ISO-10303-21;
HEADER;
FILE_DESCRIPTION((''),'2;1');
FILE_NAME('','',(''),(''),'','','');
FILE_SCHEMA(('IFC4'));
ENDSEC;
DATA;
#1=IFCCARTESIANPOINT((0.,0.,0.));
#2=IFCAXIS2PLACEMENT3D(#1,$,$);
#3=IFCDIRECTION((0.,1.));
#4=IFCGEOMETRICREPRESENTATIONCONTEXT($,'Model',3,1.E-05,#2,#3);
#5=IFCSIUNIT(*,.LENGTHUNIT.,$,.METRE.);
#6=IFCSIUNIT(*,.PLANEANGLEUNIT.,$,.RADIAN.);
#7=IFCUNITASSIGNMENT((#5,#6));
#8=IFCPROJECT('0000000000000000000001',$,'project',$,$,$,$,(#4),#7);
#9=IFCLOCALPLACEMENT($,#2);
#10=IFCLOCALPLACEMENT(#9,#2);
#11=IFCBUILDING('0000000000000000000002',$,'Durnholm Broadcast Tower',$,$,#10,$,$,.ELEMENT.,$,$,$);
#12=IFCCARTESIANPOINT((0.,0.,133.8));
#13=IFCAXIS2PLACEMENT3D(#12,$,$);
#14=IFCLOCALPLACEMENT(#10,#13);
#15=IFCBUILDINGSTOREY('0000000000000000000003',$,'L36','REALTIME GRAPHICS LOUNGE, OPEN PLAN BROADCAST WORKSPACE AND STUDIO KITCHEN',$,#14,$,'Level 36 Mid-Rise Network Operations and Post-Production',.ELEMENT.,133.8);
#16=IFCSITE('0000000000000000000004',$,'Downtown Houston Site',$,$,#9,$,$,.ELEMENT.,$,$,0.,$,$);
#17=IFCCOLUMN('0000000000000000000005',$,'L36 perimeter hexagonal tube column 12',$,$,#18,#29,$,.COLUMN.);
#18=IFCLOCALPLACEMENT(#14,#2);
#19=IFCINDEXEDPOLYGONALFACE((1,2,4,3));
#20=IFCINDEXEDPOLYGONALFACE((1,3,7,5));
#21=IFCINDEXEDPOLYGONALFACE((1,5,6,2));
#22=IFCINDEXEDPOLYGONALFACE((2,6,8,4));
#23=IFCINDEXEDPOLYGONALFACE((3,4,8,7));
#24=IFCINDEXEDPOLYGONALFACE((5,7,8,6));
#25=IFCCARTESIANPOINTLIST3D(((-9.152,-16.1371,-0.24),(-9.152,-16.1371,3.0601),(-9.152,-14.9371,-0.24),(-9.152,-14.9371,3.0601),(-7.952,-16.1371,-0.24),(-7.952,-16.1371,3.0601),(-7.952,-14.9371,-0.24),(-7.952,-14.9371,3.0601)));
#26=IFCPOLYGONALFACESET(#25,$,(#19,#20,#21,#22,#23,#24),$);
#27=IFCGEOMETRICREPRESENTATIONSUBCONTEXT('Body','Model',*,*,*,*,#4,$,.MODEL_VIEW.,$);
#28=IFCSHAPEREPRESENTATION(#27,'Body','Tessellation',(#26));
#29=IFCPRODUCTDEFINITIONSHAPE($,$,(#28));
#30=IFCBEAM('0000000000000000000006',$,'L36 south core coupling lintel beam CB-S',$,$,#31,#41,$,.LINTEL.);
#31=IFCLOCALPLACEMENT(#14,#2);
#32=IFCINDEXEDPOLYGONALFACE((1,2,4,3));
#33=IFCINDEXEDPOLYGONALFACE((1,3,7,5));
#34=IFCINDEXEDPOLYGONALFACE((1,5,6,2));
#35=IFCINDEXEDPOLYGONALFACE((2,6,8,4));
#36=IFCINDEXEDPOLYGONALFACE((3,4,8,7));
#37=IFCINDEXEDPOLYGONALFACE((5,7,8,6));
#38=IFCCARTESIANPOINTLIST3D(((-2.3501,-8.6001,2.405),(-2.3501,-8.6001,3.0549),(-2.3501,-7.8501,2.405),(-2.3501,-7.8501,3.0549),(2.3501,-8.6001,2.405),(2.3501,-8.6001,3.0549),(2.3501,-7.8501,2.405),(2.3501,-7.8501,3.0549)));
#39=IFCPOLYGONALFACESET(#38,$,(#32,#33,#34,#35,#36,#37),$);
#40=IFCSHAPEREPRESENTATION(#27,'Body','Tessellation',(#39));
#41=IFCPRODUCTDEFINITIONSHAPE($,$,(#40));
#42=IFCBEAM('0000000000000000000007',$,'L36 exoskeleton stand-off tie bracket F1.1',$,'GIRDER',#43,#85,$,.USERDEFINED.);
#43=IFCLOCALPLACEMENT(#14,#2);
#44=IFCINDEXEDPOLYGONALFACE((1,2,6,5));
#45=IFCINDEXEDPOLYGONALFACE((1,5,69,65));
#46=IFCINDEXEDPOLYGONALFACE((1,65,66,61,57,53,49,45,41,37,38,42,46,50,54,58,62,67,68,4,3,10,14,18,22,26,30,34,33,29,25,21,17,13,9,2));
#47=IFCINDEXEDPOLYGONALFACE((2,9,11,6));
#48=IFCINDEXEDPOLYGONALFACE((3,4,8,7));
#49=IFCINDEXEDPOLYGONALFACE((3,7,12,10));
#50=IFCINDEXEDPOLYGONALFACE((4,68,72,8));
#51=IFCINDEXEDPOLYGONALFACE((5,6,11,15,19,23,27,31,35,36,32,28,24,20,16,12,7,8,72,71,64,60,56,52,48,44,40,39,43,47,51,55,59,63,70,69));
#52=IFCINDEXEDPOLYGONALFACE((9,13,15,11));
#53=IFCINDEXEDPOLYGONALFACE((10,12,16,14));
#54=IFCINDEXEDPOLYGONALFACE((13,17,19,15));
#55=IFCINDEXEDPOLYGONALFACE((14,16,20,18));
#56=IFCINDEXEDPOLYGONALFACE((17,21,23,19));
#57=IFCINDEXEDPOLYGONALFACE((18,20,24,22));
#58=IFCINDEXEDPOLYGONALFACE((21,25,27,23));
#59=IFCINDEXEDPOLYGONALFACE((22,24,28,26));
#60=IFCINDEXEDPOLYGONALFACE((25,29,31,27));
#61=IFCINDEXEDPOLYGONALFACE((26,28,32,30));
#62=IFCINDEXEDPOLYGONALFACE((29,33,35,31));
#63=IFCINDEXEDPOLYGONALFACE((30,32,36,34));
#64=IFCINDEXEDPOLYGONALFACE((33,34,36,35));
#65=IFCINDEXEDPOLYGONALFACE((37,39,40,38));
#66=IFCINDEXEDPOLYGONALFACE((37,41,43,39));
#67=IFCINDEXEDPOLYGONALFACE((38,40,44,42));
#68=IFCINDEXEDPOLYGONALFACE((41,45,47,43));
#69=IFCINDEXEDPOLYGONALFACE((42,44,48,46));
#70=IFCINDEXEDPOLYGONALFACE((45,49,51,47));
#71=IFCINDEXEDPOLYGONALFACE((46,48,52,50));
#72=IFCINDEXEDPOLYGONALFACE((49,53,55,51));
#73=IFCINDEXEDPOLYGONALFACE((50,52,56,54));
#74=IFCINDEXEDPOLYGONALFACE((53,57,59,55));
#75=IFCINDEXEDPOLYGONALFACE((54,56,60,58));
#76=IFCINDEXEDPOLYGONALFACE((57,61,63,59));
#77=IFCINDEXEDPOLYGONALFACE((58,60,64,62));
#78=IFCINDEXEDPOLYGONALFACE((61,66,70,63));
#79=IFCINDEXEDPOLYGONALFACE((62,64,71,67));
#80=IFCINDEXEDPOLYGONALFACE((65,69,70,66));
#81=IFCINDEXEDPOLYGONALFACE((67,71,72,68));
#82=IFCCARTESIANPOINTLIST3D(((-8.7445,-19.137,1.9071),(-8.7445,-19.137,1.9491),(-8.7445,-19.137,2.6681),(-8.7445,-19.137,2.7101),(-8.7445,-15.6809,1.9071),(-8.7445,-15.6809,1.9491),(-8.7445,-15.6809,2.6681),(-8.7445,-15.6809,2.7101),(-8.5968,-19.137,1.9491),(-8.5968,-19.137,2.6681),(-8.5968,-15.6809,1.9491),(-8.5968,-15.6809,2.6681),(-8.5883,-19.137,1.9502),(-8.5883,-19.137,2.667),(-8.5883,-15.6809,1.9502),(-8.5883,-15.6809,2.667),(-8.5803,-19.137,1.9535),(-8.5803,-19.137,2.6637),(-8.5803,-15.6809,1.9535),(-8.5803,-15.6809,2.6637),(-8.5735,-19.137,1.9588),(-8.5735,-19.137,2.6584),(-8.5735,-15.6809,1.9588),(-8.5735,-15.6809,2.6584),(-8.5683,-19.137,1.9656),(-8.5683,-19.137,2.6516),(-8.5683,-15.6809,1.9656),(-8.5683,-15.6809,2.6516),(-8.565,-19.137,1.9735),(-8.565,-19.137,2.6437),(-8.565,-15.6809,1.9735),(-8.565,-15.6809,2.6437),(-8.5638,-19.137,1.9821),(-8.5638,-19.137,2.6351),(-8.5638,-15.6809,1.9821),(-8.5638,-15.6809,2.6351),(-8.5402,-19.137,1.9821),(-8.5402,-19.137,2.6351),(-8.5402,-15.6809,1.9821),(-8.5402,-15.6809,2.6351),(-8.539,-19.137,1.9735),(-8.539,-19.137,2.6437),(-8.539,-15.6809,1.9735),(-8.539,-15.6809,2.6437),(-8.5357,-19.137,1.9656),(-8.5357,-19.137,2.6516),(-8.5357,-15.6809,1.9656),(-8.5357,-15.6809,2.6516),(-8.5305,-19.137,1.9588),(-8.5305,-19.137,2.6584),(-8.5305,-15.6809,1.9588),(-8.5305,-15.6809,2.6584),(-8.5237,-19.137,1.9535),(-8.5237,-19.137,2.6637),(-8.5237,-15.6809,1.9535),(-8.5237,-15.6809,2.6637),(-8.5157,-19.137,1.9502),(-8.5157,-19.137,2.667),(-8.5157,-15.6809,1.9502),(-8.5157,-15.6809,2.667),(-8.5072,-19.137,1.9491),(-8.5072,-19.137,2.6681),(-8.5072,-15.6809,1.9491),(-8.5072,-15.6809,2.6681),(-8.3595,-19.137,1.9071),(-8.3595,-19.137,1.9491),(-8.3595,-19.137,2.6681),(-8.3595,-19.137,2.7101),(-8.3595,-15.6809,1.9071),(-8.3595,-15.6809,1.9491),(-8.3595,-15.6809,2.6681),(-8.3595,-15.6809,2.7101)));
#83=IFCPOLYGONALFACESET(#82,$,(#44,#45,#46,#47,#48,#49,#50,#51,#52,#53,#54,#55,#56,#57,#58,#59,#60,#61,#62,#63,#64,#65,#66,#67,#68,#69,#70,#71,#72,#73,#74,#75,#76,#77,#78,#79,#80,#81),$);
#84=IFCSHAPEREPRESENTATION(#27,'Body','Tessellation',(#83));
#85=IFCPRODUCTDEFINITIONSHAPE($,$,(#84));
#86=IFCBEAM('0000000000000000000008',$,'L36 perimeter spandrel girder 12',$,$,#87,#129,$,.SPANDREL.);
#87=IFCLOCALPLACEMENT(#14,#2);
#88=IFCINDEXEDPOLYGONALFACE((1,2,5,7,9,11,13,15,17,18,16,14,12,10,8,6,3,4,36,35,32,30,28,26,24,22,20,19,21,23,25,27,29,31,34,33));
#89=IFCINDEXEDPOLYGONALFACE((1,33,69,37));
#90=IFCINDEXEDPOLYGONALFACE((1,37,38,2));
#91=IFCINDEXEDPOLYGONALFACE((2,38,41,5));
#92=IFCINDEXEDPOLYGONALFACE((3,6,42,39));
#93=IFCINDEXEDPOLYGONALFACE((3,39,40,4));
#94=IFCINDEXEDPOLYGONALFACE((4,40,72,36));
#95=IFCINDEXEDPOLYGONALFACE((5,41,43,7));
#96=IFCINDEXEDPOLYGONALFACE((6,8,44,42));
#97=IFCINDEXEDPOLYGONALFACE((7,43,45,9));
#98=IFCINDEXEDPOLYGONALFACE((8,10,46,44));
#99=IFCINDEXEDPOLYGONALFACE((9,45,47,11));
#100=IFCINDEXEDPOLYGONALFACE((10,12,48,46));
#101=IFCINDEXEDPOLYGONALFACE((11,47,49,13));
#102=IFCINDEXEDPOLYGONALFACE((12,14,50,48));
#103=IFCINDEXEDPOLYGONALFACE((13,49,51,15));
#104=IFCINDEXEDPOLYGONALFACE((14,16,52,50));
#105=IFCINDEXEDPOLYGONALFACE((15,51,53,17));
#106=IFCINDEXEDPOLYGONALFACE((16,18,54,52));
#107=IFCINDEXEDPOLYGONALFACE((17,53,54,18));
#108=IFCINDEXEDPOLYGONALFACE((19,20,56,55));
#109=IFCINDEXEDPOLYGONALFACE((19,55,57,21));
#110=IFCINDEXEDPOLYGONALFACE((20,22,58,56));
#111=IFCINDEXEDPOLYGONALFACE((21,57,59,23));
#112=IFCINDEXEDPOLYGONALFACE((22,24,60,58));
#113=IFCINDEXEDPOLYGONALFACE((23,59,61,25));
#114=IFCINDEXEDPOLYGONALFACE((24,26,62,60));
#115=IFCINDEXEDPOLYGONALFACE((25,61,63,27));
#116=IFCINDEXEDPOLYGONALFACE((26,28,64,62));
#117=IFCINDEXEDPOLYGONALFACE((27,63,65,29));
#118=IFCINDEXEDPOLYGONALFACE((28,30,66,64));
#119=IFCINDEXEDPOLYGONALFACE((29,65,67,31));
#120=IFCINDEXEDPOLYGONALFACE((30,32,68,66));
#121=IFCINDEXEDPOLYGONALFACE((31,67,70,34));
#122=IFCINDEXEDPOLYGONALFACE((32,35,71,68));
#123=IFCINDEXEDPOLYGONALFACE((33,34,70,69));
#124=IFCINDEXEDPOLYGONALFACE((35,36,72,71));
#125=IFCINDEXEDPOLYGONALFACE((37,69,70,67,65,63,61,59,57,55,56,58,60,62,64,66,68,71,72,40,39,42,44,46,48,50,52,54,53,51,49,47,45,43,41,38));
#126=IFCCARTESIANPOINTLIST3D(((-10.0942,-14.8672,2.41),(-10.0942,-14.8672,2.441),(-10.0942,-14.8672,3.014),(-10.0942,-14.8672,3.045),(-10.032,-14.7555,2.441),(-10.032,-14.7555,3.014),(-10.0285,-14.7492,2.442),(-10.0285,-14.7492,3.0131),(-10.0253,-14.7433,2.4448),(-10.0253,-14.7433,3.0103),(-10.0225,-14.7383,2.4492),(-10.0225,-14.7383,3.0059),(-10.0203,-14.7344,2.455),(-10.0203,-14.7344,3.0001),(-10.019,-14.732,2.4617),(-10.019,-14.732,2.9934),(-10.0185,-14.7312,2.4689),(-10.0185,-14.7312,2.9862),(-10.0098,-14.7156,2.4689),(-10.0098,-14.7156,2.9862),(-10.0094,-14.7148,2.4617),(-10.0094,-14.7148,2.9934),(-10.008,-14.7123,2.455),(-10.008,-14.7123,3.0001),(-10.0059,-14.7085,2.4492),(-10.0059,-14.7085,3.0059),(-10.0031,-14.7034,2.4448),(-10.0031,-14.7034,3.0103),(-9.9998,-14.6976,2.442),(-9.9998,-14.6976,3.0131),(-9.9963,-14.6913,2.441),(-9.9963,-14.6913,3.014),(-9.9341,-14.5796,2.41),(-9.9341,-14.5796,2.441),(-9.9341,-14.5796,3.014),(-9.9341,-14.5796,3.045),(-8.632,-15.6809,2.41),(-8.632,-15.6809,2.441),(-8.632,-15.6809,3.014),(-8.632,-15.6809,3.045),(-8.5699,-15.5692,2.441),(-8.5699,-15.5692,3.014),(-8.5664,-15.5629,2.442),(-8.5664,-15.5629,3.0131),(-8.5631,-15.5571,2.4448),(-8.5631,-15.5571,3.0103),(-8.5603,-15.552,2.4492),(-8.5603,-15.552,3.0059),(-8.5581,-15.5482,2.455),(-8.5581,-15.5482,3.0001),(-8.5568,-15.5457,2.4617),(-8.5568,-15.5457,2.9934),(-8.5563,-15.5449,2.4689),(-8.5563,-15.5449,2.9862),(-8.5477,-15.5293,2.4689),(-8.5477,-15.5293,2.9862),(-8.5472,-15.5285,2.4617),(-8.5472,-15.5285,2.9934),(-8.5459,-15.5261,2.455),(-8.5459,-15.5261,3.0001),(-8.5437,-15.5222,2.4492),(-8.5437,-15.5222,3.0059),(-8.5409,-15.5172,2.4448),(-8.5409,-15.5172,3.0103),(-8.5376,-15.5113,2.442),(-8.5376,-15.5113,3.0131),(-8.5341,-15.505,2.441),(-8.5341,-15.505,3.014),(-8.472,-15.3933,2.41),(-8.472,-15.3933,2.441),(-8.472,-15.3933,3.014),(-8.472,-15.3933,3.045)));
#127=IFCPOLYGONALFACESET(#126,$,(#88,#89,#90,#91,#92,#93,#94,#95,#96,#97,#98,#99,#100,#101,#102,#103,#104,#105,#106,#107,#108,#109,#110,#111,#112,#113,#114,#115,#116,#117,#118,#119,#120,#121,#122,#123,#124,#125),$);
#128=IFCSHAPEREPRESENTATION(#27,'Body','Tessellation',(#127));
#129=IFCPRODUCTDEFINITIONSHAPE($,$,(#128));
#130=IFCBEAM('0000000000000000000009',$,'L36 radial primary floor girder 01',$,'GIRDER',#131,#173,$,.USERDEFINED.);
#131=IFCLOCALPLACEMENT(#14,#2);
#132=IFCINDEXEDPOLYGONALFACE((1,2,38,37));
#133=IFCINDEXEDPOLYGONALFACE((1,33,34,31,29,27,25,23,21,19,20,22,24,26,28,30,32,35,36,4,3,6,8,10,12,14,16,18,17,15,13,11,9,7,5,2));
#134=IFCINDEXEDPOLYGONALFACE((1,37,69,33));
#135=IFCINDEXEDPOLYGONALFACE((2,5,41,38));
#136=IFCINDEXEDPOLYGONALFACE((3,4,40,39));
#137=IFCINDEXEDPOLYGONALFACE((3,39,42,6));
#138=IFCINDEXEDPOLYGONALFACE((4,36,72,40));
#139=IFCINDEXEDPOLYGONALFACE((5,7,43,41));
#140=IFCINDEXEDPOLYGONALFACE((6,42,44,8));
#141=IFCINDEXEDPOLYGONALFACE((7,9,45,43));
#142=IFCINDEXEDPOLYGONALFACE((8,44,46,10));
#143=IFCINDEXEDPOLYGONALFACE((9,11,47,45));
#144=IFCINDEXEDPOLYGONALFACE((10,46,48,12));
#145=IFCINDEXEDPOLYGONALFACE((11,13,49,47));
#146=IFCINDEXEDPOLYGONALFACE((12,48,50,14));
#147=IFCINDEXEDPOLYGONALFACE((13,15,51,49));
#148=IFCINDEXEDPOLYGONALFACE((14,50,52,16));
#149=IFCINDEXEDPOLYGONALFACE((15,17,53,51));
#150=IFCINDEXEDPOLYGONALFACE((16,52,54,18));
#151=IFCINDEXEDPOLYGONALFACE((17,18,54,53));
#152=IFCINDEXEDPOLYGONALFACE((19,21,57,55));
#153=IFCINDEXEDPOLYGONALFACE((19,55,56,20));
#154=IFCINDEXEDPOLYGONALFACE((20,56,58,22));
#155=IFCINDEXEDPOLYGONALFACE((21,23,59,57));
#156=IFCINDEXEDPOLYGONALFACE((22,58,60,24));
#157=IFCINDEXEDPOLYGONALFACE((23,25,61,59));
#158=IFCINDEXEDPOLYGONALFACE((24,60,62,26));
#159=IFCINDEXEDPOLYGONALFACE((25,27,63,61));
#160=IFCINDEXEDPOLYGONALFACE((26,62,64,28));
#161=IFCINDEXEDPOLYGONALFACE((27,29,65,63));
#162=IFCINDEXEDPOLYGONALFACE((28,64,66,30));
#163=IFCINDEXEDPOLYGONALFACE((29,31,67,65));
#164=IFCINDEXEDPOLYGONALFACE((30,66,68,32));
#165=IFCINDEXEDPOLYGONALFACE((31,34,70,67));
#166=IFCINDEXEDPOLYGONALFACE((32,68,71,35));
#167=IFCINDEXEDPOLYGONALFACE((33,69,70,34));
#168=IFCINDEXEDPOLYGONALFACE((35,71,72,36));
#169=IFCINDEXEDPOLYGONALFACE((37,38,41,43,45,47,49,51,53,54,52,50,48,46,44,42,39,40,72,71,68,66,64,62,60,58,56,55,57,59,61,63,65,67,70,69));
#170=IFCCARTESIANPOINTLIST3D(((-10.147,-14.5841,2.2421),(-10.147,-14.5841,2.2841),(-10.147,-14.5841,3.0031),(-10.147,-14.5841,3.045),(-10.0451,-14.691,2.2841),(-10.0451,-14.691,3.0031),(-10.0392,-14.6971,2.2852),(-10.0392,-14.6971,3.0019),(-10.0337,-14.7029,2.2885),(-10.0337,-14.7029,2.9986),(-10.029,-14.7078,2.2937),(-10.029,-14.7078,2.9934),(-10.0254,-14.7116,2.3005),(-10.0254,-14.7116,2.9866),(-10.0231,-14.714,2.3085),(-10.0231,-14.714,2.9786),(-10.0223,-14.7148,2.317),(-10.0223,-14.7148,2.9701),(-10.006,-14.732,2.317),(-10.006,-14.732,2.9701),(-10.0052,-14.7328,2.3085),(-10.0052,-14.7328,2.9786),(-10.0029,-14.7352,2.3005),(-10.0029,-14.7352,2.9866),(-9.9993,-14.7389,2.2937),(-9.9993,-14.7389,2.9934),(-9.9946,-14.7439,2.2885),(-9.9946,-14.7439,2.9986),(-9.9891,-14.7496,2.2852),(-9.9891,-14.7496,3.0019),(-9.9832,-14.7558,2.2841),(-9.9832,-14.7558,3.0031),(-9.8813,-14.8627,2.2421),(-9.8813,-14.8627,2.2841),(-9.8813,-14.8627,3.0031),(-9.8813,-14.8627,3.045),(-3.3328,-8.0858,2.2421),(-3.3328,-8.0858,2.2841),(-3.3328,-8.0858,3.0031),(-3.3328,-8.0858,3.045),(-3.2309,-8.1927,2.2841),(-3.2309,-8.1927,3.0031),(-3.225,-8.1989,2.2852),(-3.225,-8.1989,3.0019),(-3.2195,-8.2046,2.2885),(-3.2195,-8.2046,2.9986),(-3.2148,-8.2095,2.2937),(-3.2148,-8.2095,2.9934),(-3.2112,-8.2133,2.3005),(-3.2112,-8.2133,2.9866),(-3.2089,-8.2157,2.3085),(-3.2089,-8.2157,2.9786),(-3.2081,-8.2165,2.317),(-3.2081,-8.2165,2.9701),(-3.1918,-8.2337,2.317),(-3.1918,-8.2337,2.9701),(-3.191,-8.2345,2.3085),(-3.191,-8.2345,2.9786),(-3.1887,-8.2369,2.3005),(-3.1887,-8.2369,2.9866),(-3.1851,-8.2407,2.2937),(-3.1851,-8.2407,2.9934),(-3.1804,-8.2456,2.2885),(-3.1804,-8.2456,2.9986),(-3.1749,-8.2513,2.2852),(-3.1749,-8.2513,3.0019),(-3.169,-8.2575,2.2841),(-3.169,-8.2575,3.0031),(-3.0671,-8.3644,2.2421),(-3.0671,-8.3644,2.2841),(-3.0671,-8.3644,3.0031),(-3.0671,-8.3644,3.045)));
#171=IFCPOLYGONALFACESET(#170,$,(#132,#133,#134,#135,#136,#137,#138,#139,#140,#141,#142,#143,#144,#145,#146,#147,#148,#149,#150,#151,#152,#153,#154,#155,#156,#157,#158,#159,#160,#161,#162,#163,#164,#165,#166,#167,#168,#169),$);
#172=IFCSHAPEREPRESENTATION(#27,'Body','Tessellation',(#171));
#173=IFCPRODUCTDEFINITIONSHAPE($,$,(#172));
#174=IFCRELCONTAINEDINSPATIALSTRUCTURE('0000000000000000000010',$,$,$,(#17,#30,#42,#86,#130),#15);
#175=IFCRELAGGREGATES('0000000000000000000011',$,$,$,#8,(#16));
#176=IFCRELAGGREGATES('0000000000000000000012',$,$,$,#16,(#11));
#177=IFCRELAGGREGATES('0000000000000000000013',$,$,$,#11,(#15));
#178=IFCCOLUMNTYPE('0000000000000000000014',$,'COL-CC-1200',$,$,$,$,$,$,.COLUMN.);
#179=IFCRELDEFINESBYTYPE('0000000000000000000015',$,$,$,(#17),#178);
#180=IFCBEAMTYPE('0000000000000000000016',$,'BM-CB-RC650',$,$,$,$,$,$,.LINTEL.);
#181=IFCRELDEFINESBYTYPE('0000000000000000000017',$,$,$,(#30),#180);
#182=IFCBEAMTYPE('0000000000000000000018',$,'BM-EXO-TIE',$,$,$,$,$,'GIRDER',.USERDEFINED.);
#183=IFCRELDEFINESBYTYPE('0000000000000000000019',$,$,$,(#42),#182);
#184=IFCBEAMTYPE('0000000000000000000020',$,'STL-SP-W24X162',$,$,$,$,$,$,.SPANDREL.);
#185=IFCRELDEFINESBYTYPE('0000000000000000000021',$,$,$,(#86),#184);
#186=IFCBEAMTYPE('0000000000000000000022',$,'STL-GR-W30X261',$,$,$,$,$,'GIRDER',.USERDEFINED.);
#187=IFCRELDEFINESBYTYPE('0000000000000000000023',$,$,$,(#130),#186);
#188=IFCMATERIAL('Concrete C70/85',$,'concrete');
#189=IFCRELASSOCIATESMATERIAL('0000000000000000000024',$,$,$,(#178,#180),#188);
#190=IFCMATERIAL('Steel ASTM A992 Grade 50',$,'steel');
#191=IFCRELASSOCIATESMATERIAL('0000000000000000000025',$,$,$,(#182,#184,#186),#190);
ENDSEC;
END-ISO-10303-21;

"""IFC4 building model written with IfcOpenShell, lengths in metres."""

from ifc_helpers import new_model, si_unit, direction, frame, origin, origin_2d, place, context, subcontext, project, spatial, rectangle, i_section, extrude, source, transform, mapped, material, material_profile, profile_set, type_object, type_shapes, element, save


model = new_model("IFC4")

# Units and contexts
model_context = context("Model", 3, precision=1e-05, world=origin(), true_north=direction((0.0, 1.0)))
body_context = subcontext(model_context, "Body", "Model", "MODEL_VIEW")
ifc_project = project(units=[si_unit("LENGTHUNIT", "METRE"), si_unit("PLANEANGLEUNIT", "RADIAN")], contexts=[model_context])

# Site, building, storey
site_placement = place(None, origin())
site = spatial("IfcSite", under=ifc_project, at=site_placement, Name="Downtown Houston Site", CompositionType="ELEMENT", RefElevation=0.0)
building_placement = place(site_placement, origin())
building = spatial("IfcBuilding", under=site, at=building_placement, Name="Durnholm Broadcast Tower", CompositionType="ELEMENT")
storey_placement = place(building_placement, frame((0.0, 0.0, 133.8)))
storey = spatial("IfcBuildingStorey", under=building, at=storey_placement, Name="L36", Description="REALTIME GRAPHICS LOUNGE, OPEN PLAN BROADCAST WORKSPACE AND STUDIO KITCHEN", LongName="Level 36 Mid-Rise Network Operations and Post-Production", CompositionType="ELEMENT", Elevation=133.8)

# Column
ifc_material_1 = material(Name="Concrete C70/85", Category="concrete")
ifc_material_profile_1 = material_profile(ifc_material_1, rectangle(XDim=1.2, YDim=1.2, at=origin_2d()), Name="RC1200X1200")
ifc_profile_set_1 = profile_set([ifc_material_profile_1], Name="Concrete C70/85")
column_type = type_object("IfcColumnType", Name="COL-CC-1200", PredefinedType="COLUMN", material=ifc_profile_set_1)
shared_shape_1 = source(origin(), body_context, "Body", "SweptSolid", [
    extrude(rectangle(XDim=1.2, YDim=1.2, at=origin_2d()), origin(), (0.0, 0.0, 1.0), 3.3),
])
type_shapes(column_type, [shared_shape_1])
column_placement = place(storey_placement, frame((-8.552, -15.5371, -0.24), z_axis=(0.0, 0.0, 1.0), x_axis=(1.0, 0.0, 0.0)))
element("IfcColumn", 1, at=column_placement, inside=storey, type_object=column_type, Name="L36 perimeter hexagonal tube column 12", PredefinedType="COLUMN", context=body_context, shape_type="MappedRepresentation", body=[
    mapped(shared_shape_1, transform((0.0, 0.0, 0.0), x_axis=(1.0, 0.0, 0.0), y_axis=(0.0, 1.0, 0.0), z_axis=(0.0, 0.0, 1.0), scale=1.0)),
])

# Beams
ifc_material_profile_2 = material_profile(ifc_material_1, rectangle(XDim=0.75, YDim=0.6499, at=origin_2d()), Name="RC750X650")
ifc_profile_set_2 = profile_set([ifc_material_profile_2], Name="Concrete C70/85")
beam_type_1 = type_object("IfcBeamType", Name="BM-CB-RC650", PredefinedType="LINTEL", material=ifc_profile_set_2)
shared_shape_2 = source(origin(), body_context, "Body", "SweptSolid", [
    extrude(rectangle(XDim=0.75, YDim=0.6499, at=origin_2d()), origin(), (0.0, 0.0, 1.0), 4.7002),
])
type_shapes(beam_type_1, [shared_shape_2])
beam_1_placement = place(storey_placement, frame((-2.3501, -8.2251, 2.73), z_axis=(1.0, 0.0, 0.0), x_axis=(0.0, 1.0, 0.0)))
element("IfcBeam", 2, at=beam_1_placement, inside=storey, type_object=beam_type_1, Name="L36 south core coupling lintel beam CB-S", PredefinedType="LINTEL", context=body_context, shape_type="MappedRepresentation", body=[
    mapped(shared_shape_2, transform((0.0, 0.0, 0.0), x_axis=(1.0, 0.0, 0.0), y_axis=(0.0, 1.0, 0.0), z_axis=(0.0, 0.0, 1.0), scale=1.0)),
])
ifc_material_2 = material(Name="Steel ASTM A992 Grade 50", Category="steel")
ifc_material_profile_3 = material_profile(ifc_material_2, i_section(OverallWidth=0.385, OverallDepth=0.803, WebThickness=0.0237, FlangeThickness=0.042, FilletRadius=0.033, at=origin_2d()), Name="W30X261")
ifc_profile_set_3 = profile_set([ifc_material_profile_3], Name="Steel ASTM A992 Grade 50")
beam_type_2 = type_object("IfcBeamType", Name="BM-EXO-TIE", ElementType="GIRDER", PredefinedType="USERDEFINED", material=ifc_profile_set_3)
shared_shape_3 = source(origin(), body_context, "Body", "SweptSolid", [
    extrude(i_section(OverallWidth=0.385, OverallDepth=0.803, WebThickness=0.0237, FlangeThickness=0.042, FilletRadius=0.033, at=origin_2d()), origin(), (0.0, 0.0, 1.0), 3.4561),
])
beam_2_placement = place(storey_placement, frame((-8.552, -15.6809, 2.3086), z_axis=(0.0, -1.0, 0.0), x_axis=(1.0, 0.0, 0.0)))
element("IfcBeam", 3, at=beam_2_placement, inside=storey, type_object=beam_type_2, Name="L36 exoskeleton stand-off tie bracket F1.1", ObjectType="GIRDER", PredefinedType="USERDEFINED", context=body_context, shape_type="MappedRepresentation", body=[
    mapped(shared_shape_3, transform((0.0, 0.0, 0.0), x_axis=(1.0, 0.0, 0.0), y_axis=(0.0, 1.0, 0.0), z_axis=(0.0, 0.0, 1.0), scale=1.0)),
])
ifc_material_profile_4 = material_profile(ifc_material_2, i_section(OverallWidth=0.3291, OverallDepth=0.635, WebThickness=0.0178, FlangeThickness=0.031, FilletRadius=0.0278, at=origin_2d()), Name="W24X162")
ifc_profile_set_4 = profile_set([ifc_material_profile_4], Name="Steel ASTM A992 Grade 50")
beam_type_3 = type_object("IfcBeamType", Name="STL-SP-W24X162", PredefinedType="SPANDREL", material=ifc_profile_set_4)
shared_shape_4 = source(origin(), body_context, "Body", "SweptSolid", [
    extrude(i_section(OverallWidth=0.3291, OverallDepth=0.635, WebThickness=0.0178, FlangeThickness=0.031, FilletRadius=0.0278, at=origin_2d()), origin(), (0.0, 0.0, 1.0), 1.6733),
])
type_shapes(beam_type_3, [shared_shape_4])
beam_3_placement = place(storey_placement, frame((-8.552, -15.5371, 2.7275), z_axis=(-0.873799, 0.486287, 0.0), x_axis=(-0.486287, -0.873799, 0.0)))
element("IfcBeam", 4, at=beam_3_placement, inside=storey, type_object=beam_type_3, Name="L36 perimeter spandrel girder 12", PredefinedType="SPANDREL", context=body_context, shape_type="MappedRepresentation", body=[
    mapped(shared_shape_4, transform((0.0, 0.0, 0.0), x_axis=(1.0, 0.0, 0.0), y_axis=(0.0, 1.0, 0.0), z_axis=(0.0, 0.0, 1.0), scale=1.0)),
])
ifc_material_profile_5 = material_profile(ifc_material_2, i_section(OverallWidth=0.385, OverallDepth=0.803, WebThickness=0.0237, FlangeThickness=0.042, FilletRadius=0.033, at=origin_2d()), Name="W30X261")
ifc_profile_set_5 = profile_set([ifc_material_profile_5], Name="Steel ASTM A992 Grade 50")
beam_type_4 = type_object("IfcBeamType", Name="STL-GR-W30X261", ElementType="GIRDER", PredefinedType="USERDEFINED", material=ifc_profile_set_5)
shared_shape_5 = source(origin(), body_context, "Body", "SweptSolid", [
    extrude(i_section(OverallWidth=0.385, OverallDepth=0.803, WebThickness=0.0237, FlangeThickness=0.042, FilletRadius=0.033, at=origin_2d()), origin(), (0.0, 0.0, 1.0), 9.416),
])
beam_4_placement = place(storey_placement, frame((-3.2, -8.2251, 2.6436), z_axis=(-0.723683, -0.690132, 0.0), x_axis=(0.690132, -0.723683, 0.0)))
element("IfcBeam", 5, at=beam_4_placement, inside=storey, type_object=beam_type_4, Name="L36 radial primary floor girder 01", ObjectType="GIRDER", PredefinedType="USERDEFINED", context=body_context, shape_type="MappedRepresentation", body=[
    mapped(shared_shape_5, transform((0.0, 0.0, 0.0), x_axis=(1.0, 0.0, 0.0), y_axis=(0.0, 1.0, 0.0), z_axis=(0.0, 0.0, 1.0), scale=1.0)),
])

save(model, "model.ifc")
